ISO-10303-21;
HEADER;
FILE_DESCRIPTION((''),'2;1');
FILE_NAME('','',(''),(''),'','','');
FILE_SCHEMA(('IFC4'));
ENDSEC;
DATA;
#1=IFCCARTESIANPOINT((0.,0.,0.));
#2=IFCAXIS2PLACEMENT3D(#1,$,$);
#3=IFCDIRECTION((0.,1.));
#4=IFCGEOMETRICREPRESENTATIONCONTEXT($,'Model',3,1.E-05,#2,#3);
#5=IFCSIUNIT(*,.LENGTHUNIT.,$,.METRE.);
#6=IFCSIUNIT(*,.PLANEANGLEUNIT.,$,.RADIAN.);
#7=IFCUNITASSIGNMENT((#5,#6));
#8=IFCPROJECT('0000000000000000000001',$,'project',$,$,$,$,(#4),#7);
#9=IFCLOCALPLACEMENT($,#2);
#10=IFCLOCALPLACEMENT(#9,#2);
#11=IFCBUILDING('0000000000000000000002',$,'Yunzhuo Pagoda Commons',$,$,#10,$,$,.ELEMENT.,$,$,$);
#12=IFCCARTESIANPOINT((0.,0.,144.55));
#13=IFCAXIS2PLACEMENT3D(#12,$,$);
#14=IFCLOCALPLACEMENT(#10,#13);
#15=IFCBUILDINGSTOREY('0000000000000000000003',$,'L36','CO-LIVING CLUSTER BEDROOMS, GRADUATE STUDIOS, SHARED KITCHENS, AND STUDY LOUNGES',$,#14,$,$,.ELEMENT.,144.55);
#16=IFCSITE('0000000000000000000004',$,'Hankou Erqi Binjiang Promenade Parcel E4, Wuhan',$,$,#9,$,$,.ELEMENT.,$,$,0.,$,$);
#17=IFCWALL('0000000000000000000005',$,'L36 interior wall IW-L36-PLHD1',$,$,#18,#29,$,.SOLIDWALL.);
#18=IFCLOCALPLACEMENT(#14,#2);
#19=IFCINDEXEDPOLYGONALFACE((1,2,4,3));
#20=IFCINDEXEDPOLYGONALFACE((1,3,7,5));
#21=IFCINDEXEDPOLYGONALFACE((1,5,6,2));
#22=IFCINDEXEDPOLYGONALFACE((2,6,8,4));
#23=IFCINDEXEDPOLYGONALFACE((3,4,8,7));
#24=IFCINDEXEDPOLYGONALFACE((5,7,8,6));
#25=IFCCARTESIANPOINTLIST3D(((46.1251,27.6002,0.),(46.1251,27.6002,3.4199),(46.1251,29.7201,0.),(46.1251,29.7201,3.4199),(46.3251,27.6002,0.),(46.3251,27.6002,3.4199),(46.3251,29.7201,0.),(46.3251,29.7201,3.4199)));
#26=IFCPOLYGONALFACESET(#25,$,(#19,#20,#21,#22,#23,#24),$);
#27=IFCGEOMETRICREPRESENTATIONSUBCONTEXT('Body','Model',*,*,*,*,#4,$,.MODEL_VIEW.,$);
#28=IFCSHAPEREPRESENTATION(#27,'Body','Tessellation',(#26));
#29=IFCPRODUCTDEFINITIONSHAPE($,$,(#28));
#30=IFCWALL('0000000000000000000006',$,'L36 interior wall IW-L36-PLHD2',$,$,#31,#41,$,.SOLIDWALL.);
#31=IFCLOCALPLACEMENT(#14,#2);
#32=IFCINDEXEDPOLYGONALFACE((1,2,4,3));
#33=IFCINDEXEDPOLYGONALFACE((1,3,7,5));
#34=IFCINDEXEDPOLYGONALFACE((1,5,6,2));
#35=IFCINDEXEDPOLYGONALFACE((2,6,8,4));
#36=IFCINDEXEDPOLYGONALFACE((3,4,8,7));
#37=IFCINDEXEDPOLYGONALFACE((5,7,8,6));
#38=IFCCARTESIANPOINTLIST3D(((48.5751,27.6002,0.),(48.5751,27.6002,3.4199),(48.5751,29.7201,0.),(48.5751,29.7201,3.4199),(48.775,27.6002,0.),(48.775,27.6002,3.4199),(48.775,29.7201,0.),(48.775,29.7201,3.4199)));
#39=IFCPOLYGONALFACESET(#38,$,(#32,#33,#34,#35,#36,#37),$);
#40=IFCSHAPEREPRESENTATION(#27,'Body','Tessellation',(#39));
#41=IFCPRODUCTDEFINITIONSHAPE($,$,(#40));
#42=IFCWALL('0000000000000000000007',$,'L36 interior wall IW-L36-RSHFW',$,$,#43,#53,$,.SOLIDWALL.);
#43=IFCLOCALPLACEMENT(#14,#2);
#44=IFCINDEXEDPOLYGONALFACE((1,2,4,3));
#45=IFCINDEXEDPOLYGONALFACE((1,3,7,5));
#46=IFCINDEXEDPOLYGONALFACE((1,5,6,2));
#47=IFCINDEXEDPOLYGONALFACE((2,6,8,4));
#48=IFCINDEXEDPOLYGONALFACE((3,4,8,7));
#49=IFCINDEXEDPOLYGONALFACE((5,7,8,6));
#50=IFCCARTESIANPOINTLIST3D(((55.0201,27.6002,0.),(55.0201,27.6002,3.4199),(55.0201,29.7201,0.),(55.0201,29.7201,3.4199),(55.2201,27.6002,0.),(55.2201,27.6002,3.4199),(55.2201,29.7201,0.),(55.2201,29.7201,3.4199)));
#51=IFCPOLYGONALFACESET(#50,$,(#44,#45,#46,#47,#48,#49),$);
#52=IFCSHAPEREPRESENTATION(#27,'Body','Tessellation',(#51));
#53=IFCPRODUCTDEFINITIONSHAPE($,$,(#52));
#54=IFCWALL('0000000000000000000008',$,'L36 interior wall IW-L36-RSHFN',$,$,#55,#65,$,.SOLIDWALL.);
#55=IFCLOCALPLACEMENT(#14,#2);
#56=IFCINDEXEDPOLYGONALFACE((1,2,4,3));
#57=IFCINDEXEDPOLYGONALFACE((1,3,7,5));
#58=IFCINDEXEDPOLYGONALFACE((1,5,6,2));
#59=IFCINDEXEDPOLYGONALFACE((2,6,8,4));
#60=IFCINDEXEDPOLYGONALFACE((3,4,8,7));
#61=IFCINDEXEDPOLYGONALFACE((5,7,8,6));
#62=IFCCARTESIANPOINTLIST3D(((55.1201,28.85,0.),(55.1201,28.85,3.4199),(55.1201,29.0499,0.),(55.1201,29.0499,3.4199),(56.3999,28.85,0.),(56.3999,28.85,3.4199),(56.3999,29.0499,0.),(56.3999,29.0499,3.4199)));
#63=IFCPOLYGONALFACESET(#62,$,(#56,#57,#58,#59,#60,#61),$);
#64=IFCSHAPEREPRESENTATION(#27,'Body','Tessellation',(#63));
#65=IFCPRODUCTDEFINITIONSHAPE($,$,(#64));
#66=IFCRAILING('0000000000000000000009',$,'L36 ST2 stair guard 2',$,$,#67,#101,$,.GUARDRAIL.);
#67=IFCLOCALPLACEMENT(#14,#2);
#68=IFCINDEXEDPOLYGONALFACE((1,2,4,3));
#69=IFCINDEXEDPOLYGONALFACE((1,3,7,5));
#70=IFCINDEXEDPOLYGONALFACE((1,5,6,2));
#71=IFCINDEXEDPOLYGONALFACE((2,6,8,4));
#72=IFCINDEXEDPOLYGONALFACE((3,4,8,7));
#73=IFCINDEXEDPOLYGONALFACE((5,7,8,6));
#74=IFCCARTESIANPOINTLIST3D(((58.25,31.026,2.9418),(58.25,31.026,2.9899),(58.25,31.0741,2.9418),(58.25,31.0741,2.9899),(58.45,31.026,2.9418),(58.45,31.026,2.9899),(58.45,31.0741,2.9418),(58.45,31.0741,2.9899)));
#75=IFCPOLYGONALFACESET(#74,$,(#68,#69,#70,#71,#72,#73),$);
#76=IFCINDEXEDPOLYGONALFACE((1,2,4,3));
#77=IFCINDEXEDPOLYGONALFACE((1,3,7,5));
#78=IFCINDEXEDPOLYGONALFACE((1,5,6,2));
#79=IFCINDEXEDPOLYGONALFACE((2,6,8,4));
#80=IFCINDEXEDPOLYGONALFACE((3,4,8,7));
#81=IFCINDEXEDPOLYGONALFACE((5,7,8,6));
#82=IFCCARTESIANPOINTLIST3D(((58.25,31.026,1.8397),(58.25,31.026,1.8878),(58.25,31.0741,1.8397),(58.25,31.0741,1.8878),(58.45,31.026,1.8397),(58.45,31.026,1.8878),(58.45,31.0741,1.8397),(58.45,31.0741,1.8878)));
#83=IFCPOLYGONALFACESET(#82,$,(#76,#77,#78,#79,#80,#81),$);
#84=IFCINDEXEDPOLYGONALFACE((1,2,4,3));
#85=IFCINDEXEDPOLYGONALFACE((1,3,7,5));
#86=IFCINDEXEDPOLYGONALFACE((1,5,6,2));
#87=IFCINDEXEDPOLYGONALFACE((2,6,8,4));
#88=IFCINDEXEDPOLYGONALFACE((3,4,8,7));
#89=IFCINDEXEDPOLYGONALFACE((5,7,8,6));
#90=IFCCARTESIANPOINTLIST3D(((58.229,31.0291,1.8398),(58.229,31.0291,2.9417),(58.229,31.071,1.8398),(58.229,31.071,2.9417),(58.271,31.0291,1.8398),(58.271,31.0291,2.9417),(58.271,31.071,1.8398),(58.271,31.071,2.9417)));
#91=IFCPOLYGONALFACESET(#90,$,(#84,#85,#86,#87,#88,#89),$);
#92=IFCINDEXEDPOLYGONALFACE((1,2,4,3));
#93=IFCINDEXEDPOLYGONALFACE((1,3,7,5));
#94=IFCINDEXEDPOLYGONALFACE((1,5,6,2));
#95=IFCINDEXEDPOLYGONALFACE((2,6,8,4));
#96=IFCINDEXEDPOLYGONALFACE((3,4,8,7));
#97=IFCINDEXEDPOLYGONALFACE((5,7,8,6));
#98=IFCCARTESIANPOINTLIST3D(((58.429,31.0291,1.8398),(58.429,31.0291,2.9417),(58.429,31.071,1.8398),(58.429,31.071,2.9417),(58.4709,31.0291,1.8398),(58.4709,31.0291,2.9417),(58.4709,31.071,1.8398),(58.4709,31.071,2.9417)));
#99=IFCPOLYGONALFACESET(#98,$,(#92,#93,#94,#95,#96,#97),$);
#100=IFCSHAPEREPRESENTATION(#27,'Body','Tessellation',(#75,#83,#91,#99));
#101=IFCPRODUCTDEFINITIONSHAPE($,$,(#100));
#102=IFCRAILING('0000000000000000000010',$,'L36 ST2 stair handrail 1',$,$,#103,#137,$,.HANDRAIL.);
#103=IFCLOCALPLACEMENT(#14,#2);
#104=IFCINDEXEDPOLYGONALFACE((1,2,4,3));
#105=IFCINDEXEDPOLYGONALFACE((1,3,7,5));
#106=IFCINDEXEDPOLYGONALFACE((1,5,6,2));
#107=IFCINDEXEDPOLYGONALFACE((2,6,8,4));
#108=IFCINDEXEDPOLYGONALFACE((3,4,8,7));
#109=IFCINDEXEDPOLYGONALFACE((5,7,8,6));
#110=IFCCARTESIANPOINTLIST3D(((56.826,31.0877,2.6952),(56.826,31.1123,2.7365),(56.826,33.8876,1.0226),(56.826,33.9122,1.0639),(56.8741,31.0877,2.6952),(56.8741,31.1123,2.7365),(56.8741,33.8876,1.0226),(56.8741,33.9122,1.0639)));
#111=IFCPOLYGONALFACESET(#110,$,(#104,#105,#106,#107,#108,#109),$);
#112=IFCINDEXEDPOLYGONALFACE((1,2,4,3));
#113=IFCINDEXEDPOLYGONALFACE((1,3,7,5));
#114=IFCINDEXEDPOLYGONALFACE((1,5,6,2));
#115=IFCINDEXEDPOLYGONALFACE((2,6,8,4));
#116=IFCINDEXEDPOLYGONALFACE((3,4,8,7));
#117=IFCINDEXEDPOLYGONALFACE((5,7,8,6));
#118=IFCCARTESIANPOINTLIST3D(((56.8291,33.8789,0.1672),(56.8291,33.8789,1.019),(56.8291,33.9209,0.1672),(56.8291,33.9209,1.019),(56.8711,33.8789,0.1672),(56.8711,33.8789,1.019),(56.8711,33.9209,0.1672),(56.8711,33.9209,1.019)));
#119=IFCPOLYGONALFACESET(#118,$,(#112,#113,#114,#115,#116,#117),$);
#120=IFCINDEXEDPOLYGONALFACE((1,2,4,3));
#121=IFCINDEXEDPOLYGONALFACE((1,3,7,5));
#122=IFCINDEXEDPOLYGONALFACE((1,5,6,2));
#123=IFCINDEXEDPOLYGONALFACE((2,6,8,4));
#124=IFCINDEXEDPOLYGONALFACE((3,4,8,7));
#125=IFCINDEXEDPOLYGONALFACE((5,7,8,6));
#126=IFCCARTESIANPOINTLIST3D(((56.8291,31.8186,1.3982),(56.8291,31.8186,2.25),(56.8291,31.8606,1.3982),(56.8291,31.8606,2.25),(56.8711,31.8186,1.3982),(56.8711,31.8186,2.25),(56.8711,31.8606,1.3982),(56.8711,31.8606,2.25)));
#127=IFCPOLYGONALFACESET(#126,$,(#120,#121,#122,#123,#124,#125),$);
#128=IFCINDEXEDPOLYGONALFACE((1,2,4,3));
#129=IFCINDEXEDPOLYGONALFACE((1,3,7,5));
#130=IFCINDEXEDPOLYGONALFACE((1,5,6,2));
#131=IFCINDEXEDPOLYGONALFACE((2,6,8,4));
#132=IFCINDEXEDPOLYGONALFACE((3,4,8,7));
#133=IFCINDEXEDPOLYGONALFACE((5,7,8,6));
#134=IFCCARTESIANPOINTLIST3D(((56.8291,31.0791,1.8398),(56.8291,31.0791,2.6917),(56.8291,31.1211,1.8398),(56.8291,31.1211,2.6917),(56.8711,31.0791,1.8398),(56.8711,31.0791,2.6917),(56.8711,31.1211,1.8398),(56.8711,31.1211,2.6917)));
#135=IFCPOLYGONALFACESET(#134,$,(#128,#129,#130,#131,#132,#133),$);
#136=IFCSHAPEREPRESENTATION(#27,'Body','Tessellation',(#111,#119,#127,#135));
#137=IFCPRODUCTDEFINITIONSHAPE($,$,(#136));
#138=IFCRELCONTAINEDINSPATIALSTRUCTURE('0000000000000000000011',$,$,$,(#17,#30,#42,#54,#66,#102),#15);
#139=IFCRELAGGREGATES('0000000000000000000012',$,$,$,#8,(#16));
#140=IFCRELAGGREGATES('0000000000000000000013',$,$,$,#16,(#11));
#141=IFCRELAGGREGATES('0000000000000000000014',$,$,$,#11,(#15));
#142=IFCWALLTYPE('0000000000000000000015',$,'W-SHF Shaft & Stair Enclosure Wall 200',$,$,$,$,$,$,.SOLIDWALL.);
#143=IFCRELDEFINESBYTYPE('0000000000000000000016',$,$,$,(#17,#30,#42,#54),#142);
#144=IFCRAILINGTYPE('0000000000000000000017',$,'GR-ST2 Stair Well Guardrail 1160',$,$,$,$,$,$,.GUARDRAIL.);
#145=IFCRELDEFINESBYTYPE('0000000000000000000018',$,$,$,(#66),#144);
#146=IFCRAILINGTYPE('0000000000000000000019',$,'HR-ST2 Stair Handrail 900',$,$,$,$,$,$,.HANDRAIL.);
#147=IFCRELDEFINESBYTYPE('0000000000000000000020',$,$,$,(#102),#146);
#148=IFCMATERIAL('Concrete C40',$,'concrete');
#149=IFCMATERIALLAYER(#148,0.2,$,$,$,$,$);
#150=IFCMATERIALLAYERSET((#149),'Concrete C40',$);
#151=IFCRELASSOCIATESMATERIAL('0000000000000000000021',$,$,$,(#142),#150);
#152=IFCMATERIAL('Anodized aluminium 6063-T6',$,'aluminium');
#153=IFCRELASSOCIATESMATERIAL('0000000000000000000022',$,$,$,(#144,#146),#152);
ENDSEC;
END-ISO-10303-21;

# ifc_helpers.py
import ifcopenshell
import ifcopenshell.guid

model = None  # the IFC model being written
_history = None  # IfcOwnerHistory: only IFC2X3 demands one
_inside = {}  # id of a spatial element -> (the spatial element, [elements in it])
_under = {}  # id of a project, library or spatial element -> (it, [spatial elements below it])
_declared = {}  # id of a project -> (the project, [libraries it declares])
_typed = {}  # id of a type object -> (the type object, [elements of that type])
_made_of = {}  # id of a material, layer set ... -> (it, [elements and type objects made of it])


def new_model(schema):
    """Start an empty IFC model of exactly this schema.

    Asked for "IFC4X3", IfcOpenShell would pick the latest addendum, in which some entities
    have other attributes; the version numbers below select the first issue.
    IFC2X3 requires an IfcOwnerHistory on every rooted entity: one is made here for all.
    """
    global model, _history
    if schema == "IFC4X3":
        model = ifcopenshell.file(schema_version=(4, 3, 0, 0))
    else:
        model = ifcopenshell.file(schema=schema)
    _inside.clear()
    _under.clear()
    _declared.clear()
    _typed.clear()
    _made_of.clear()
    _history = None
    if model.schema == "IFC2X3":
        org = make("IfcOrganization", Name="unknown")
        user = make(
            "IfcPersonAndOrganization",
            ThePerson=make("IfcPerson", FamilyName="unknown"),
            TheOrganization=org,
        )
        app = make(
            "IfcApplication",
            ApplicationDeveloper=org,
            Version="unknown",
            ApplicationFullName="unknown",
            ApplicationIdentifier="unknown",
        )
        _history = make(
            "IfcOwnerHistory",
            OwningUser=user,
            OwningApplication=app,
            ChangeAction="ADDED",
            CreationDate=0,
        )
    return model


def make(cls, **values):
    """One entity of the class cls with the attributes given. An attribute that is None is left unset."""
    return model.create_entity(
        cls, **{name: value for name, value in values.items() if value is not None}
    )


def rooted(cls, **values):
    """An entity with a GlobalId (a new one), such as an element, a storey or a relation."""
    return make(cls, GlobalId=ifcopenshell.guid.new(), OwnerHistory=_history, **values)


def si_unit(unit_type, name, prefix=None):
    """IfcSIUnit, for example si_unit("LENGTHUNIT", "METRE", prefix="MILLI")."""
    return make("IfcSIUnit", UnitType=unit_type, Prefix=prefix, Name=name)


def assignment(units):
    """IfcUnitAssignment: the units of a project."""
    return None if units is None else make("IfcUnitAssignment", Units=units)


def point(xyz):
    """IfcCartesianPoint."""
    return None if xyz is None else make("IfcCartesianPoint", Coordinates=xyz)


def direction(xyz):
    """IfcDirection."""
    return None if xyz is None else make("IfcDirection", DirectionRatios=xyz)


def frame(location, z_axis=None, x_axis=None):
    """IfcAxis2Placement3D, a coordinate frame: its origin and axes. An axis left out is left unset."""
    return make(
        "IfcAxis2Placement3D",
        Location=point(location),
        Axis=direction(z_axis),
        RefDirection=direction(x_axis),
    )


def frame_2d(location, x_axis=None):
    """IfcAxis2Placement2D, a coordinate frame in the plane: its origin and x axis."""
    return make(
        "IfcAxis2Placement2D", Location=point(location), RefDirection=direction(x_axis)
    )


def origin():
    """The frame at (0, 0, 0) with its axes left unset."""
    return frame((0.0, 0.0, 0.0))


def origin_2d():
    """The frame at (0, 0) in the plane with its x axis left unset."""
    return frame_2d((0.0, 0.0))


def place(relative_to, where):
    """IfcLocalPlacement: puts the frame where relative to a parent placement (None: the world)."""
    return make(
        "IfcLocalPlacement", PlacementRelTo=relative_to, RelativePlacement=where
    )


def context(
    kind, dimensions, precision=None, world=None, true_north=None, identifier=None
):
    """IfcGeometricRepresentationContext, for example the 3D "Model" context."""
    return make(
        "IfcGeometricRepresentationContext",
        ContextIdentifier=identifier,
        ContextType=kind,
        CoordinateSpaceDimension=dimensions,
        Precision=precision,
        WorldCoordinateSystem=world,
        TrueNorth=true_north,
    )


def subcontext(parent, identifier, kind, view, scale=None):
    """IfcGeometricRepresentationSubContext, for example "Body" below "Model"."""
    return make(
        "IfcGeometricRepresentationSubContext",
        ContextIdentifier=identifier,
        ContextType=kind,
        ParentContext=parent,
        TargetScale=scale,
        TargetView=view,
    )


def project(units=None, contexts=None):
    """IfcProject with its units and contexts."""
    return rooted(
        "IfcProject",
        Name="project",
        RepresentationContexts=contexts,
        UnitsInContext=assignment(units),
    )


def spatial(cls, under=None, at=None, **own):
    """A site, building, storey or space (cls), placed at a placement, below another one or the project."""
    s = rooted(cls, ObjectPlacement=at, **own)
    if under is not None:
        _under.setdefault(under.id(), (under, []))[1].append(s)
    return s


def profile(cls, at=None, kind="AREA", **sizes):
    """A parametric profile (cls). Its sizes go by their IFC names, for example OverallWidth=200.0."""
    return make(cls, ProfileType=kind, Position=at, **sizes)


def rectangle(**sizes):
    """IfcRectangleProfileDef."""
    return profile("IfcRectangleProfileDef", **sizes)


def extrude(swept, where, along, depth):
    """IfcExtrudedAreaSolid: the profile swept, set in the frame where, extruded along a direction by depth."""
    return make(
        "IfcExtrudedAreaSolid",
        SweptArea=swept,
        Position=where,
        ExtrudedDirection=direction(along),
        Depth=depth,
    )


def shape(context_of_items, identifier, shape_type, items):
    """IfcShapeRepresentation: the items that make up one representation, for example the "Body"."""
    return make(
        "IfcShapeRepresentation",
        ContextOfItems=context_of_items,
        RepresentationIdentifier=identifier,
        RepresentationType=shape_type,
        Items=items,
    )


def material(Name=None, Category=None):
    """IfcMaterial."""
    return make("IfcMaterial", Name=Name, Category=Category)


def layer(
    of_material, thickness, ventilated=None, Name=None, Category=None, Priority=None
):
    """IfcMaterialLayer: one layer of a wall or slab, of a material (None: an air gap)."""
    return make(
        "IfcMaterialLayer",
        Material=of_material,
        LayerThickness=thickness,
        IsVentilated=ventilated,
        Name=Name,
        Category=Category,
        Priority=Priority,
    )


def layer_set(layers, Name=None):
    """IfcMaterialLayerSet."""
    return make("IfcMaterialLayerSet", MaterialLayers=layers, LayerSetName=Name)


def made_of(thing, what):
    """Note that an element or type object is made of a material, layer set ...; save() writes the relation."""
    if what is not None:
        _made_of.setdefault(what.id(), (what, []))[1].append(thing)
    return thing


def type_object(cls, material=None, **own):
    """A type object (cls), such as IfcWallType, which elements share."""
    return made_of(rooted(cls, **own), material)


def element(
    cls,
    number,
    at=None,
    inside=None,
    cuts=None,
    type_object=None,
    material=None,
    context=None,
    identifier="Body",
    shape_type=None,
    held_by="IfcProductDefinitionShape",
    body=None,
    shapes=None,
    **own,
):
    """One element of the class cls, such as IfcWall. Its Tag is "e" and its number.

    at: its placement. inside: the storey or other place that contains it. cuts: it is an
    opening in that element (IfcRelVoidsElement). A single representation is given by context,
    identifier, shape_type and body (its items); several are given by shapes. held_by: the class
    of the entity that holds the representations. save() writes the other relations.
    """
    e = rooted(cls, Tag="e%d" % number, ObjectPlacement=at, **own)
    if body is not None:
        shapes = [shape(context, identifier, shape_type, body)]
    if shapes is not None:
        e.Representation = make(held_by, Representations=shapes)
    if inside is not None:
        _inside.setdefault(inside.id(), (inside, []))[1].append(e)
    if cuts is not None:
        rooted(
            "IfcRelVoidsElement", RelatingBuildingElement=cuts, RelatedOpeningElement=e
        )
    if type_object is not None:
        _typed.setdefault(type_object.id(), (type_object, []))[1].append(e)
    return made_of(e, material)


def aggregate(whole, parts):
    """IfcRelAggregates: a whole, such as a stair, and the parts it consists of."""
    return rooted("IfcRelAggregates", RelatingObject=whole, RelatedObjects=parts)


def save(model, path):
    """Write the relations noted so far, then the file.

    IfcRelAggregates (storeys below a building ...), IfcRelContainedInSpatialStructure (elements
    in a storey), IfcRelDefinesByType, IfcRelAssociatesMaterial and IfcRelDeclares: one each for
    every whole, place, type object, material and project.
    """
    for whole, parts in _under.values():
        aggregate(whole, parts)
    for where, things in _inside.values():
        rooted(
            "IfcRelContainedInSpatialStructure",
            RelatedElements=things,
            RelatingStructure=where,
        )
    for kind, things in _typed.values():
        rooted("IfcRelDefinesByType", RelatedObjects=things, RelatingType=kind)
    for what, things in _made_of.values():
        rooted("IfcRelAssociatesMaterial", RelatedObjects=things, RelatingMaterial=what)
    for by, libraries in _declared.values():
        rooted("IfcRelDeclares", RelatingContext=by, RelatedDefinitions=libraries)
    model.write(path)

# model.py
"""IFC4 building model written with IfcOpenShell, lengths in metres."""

from ifc_helpers import new_model, si_unit, direction, frame, frame_2d, origin, origin_2d, place, context, subcontext, project, spatial, rectangle, extrude, material, layer, layer_set, type_object, element, save


model = new_model("IFC4")

# Units and contexts
model_context = context("Model", 3, precision=1e-05, world=origin(), true_north=direction((0.0, 1.0)))
body_context = subcontext(model_context, "Body", "Model", "MODEL_VIEW")
ifc_project = project(units=[si_unit("LENGTHUNIT", "METRE"), si_unit("PLANEANGLEUNIT", "RADIAN")], contexts=[model_context])

# Site, building, storey
site_placement = place(None, origin())
site = spatial("IfcSite", under=ifc_project, at=site_placement, Name="Hankou Erqi Binjiang Promenade Parcel E4, Wuhan", CompositionType="ELEMENT", RefElevation=0.0)
building_placement = place(site_placement, origin())
building = spatial("IfcBuilding", under=site, at=building_placement, Name="Yunzhuo Pagoda Commons", CompositionType="ELEMENT")
storey_placement = place(building_placement, frame((0.0, 0.0, 144.55)))
storey = spatial("IfcBuildingStorey", under=building, at=storey_placement, Name="L36", Description="CO-LIVING CLUSTER BEDROOMS, GRADUATE STUDIOS, SHARED KITCHENS, AND STUDY LOUNGES", CompositionType="ELEMENT", Elevation=144.55)

# Shared definitions
ifc_material_1 = material(Name="Concrete C40", Category="concrete")
ifc_layer_1 = layer(ifc_material_1, 0.2)
ifc_layer_set_1 = layer_set([ifc_layer_1], Name="Concrete C40")
wall_type_1 = type_object("IfcWallType", Name="W-SHF Shaft & Stair Enclosure Wall 200", PredefinedType="SOLIDWALL", material=ifc_layer_set_1)

# Walls
for number, where, z_axis, x_axis, name in (
    (1, (46.2251, 27.6001, 0.0), (0.0, 0.0, 1.0), (0.0, 1.0, 0.0), "L36 interior wall IW-L36-PLHD1"),
    (2, (48.675, 27.6001, 0.0), (0.0, 0.0, 1.0), (0.0, 1.0, 0.0), "L36 interior wall IW-L36-PLHD2"),
    (3, (55.1201, 27.6001, 0.0), (0.0, 0.0, 1.0), (0.0, 1.0, 0.0), "L36 interior wall IW-L36-RSHFW"),
):
    element("IfcWall", number, at=place(storey_placement, frame(where, z_axis=z_axis, x_axis=x_axis)), inside=storey, type_object=wall_type_1, Name=name, PredefinedType="SOLIDWALL", context=body_context, shape_type="SweptSolid", body=[
        extrude(rectangle(XDim=2.1199, YDim=0.2, at=frame_2d((1.0601, 0.0))), origin(), (0.0, 0.0, 1.0), 3.4199),
    ])
wall_1_placement = place(storey_placement, frame((55.1201, 28.95, 0.0), z_axis=(0.0, 0.0, 1.0), x_axis=(1.0, 0.0, 0.0)))
element("IfcWall", 4, at=wall_1_placement, inside=storey, type_object=wall_type_1, Name="L36 interior wall IW-L36-RSHFN", PredefinedType="SOLIDWALL", context=body_context, shape_type="SweptSolid", body=[
    extrude(rectangle(XDim=1.2798, YDim=0.2, at=frame_2d((0.6399, 0.0))), origin(), (0.0, 0.0, 1.0), 3.4199),
])

# Railings
ifc_material_2 = material(Name="Anodized aluminium 6063-T6", Category="aluminium")
railing_type_1 = type_object("IfcRailingType", Name="GR-ST2 Stair Well Guardrail 1160", PredefinedType="GUARDRAIL", material=ifc_material_2)
railing_1_placement = place(storey_placement, frame((58.25, 31.05, 1.8398)))
element("IfcRailing", 5, at=railing_1_placement, inside=storey, type_object=railing_type_1, Name="L36 ST2 stair guard 2", PredefinedType="GUARDRAIL", context=body_context, shape_type="SweptSolid", body=[
    extrude(rectangle(XDim=0.0481, YDim=0.0481, at=origin_2d()), frame((0.0, 0.0, 1.126), z_axis=(1.0, 0.0, 0.0), x_axis=(0.0, 1.0, 0.0)), (0.0, 0.0, 1.0), 0.2),
    extrude(rectangle(XDim=0.0481, YDim=0.0481, at=origin_2d()), frame((0.0, 0.0, 0.0239), z_axis=(1.0, 0.0, 0.0), x_axis=(0.0, 1.0, 0.0)), (0.0, 0.0, 1.0), 0.2),
    extrude(rectangle(XDim=0.042, YDim=0.042, at=origin_2d()), origin(), (0.0, 0.0, 1.0), 1.1018),
    extrude(rectangle(XDim=0.042, YDim=0.042, at=origin_2d()), frame((0.2, 0.0, 0.0)), (0.0, 0.0, 1.0), 1.1018),
])
railing_type_2 = type_object("IfcRailingType", Name="HR-ST2 Stair Handrail 900", PredefinedType="HANDRAIL", material=ifc_material_2)
railing_2_placement = place(storey_placement, frame((56.8501, 33.8999, 0.1672)))
element("IfcRailing", 6, at=railing_2_placement, inside=storey, type_object=railing_type_2, Name="L36 ST2 stair handrail 1", PredefinedType="HANDRAIL", context=body_context, shape_type="SweptSolid", body=[
    extrude(rectangle(XDim=0.0481, YDim=0.0481, at=origin_2d()), frame((0.0, 0.0, 0.876), z_axis=(0.0, -0.858476, 0.512855), x_axis=(1.0, 0.0, 0.0)), (0.0, 0.0, 1.0), 3.2615),
    extrude(rectangle(XDim=0.042, YDim=0.042, at=origin_2d()), origin(), (0.0, 0.0, 1.0), 0.8518),
    extrude(rectangle(XDim=0.042, YDim=0.042, at=origin_2d()), frame((0.0, -2.0603, 1.231)), (0.0, 0.0, 1.0), 0.8518),
    extrude(rectangle(XDim=0.042, YDim=0.042, at=origin_2d()), frame((0.0, -2.7998, 1.6726)), (0.0, 0.0, 1.0), 0.8518),
])

save(model, "model.ifc")
